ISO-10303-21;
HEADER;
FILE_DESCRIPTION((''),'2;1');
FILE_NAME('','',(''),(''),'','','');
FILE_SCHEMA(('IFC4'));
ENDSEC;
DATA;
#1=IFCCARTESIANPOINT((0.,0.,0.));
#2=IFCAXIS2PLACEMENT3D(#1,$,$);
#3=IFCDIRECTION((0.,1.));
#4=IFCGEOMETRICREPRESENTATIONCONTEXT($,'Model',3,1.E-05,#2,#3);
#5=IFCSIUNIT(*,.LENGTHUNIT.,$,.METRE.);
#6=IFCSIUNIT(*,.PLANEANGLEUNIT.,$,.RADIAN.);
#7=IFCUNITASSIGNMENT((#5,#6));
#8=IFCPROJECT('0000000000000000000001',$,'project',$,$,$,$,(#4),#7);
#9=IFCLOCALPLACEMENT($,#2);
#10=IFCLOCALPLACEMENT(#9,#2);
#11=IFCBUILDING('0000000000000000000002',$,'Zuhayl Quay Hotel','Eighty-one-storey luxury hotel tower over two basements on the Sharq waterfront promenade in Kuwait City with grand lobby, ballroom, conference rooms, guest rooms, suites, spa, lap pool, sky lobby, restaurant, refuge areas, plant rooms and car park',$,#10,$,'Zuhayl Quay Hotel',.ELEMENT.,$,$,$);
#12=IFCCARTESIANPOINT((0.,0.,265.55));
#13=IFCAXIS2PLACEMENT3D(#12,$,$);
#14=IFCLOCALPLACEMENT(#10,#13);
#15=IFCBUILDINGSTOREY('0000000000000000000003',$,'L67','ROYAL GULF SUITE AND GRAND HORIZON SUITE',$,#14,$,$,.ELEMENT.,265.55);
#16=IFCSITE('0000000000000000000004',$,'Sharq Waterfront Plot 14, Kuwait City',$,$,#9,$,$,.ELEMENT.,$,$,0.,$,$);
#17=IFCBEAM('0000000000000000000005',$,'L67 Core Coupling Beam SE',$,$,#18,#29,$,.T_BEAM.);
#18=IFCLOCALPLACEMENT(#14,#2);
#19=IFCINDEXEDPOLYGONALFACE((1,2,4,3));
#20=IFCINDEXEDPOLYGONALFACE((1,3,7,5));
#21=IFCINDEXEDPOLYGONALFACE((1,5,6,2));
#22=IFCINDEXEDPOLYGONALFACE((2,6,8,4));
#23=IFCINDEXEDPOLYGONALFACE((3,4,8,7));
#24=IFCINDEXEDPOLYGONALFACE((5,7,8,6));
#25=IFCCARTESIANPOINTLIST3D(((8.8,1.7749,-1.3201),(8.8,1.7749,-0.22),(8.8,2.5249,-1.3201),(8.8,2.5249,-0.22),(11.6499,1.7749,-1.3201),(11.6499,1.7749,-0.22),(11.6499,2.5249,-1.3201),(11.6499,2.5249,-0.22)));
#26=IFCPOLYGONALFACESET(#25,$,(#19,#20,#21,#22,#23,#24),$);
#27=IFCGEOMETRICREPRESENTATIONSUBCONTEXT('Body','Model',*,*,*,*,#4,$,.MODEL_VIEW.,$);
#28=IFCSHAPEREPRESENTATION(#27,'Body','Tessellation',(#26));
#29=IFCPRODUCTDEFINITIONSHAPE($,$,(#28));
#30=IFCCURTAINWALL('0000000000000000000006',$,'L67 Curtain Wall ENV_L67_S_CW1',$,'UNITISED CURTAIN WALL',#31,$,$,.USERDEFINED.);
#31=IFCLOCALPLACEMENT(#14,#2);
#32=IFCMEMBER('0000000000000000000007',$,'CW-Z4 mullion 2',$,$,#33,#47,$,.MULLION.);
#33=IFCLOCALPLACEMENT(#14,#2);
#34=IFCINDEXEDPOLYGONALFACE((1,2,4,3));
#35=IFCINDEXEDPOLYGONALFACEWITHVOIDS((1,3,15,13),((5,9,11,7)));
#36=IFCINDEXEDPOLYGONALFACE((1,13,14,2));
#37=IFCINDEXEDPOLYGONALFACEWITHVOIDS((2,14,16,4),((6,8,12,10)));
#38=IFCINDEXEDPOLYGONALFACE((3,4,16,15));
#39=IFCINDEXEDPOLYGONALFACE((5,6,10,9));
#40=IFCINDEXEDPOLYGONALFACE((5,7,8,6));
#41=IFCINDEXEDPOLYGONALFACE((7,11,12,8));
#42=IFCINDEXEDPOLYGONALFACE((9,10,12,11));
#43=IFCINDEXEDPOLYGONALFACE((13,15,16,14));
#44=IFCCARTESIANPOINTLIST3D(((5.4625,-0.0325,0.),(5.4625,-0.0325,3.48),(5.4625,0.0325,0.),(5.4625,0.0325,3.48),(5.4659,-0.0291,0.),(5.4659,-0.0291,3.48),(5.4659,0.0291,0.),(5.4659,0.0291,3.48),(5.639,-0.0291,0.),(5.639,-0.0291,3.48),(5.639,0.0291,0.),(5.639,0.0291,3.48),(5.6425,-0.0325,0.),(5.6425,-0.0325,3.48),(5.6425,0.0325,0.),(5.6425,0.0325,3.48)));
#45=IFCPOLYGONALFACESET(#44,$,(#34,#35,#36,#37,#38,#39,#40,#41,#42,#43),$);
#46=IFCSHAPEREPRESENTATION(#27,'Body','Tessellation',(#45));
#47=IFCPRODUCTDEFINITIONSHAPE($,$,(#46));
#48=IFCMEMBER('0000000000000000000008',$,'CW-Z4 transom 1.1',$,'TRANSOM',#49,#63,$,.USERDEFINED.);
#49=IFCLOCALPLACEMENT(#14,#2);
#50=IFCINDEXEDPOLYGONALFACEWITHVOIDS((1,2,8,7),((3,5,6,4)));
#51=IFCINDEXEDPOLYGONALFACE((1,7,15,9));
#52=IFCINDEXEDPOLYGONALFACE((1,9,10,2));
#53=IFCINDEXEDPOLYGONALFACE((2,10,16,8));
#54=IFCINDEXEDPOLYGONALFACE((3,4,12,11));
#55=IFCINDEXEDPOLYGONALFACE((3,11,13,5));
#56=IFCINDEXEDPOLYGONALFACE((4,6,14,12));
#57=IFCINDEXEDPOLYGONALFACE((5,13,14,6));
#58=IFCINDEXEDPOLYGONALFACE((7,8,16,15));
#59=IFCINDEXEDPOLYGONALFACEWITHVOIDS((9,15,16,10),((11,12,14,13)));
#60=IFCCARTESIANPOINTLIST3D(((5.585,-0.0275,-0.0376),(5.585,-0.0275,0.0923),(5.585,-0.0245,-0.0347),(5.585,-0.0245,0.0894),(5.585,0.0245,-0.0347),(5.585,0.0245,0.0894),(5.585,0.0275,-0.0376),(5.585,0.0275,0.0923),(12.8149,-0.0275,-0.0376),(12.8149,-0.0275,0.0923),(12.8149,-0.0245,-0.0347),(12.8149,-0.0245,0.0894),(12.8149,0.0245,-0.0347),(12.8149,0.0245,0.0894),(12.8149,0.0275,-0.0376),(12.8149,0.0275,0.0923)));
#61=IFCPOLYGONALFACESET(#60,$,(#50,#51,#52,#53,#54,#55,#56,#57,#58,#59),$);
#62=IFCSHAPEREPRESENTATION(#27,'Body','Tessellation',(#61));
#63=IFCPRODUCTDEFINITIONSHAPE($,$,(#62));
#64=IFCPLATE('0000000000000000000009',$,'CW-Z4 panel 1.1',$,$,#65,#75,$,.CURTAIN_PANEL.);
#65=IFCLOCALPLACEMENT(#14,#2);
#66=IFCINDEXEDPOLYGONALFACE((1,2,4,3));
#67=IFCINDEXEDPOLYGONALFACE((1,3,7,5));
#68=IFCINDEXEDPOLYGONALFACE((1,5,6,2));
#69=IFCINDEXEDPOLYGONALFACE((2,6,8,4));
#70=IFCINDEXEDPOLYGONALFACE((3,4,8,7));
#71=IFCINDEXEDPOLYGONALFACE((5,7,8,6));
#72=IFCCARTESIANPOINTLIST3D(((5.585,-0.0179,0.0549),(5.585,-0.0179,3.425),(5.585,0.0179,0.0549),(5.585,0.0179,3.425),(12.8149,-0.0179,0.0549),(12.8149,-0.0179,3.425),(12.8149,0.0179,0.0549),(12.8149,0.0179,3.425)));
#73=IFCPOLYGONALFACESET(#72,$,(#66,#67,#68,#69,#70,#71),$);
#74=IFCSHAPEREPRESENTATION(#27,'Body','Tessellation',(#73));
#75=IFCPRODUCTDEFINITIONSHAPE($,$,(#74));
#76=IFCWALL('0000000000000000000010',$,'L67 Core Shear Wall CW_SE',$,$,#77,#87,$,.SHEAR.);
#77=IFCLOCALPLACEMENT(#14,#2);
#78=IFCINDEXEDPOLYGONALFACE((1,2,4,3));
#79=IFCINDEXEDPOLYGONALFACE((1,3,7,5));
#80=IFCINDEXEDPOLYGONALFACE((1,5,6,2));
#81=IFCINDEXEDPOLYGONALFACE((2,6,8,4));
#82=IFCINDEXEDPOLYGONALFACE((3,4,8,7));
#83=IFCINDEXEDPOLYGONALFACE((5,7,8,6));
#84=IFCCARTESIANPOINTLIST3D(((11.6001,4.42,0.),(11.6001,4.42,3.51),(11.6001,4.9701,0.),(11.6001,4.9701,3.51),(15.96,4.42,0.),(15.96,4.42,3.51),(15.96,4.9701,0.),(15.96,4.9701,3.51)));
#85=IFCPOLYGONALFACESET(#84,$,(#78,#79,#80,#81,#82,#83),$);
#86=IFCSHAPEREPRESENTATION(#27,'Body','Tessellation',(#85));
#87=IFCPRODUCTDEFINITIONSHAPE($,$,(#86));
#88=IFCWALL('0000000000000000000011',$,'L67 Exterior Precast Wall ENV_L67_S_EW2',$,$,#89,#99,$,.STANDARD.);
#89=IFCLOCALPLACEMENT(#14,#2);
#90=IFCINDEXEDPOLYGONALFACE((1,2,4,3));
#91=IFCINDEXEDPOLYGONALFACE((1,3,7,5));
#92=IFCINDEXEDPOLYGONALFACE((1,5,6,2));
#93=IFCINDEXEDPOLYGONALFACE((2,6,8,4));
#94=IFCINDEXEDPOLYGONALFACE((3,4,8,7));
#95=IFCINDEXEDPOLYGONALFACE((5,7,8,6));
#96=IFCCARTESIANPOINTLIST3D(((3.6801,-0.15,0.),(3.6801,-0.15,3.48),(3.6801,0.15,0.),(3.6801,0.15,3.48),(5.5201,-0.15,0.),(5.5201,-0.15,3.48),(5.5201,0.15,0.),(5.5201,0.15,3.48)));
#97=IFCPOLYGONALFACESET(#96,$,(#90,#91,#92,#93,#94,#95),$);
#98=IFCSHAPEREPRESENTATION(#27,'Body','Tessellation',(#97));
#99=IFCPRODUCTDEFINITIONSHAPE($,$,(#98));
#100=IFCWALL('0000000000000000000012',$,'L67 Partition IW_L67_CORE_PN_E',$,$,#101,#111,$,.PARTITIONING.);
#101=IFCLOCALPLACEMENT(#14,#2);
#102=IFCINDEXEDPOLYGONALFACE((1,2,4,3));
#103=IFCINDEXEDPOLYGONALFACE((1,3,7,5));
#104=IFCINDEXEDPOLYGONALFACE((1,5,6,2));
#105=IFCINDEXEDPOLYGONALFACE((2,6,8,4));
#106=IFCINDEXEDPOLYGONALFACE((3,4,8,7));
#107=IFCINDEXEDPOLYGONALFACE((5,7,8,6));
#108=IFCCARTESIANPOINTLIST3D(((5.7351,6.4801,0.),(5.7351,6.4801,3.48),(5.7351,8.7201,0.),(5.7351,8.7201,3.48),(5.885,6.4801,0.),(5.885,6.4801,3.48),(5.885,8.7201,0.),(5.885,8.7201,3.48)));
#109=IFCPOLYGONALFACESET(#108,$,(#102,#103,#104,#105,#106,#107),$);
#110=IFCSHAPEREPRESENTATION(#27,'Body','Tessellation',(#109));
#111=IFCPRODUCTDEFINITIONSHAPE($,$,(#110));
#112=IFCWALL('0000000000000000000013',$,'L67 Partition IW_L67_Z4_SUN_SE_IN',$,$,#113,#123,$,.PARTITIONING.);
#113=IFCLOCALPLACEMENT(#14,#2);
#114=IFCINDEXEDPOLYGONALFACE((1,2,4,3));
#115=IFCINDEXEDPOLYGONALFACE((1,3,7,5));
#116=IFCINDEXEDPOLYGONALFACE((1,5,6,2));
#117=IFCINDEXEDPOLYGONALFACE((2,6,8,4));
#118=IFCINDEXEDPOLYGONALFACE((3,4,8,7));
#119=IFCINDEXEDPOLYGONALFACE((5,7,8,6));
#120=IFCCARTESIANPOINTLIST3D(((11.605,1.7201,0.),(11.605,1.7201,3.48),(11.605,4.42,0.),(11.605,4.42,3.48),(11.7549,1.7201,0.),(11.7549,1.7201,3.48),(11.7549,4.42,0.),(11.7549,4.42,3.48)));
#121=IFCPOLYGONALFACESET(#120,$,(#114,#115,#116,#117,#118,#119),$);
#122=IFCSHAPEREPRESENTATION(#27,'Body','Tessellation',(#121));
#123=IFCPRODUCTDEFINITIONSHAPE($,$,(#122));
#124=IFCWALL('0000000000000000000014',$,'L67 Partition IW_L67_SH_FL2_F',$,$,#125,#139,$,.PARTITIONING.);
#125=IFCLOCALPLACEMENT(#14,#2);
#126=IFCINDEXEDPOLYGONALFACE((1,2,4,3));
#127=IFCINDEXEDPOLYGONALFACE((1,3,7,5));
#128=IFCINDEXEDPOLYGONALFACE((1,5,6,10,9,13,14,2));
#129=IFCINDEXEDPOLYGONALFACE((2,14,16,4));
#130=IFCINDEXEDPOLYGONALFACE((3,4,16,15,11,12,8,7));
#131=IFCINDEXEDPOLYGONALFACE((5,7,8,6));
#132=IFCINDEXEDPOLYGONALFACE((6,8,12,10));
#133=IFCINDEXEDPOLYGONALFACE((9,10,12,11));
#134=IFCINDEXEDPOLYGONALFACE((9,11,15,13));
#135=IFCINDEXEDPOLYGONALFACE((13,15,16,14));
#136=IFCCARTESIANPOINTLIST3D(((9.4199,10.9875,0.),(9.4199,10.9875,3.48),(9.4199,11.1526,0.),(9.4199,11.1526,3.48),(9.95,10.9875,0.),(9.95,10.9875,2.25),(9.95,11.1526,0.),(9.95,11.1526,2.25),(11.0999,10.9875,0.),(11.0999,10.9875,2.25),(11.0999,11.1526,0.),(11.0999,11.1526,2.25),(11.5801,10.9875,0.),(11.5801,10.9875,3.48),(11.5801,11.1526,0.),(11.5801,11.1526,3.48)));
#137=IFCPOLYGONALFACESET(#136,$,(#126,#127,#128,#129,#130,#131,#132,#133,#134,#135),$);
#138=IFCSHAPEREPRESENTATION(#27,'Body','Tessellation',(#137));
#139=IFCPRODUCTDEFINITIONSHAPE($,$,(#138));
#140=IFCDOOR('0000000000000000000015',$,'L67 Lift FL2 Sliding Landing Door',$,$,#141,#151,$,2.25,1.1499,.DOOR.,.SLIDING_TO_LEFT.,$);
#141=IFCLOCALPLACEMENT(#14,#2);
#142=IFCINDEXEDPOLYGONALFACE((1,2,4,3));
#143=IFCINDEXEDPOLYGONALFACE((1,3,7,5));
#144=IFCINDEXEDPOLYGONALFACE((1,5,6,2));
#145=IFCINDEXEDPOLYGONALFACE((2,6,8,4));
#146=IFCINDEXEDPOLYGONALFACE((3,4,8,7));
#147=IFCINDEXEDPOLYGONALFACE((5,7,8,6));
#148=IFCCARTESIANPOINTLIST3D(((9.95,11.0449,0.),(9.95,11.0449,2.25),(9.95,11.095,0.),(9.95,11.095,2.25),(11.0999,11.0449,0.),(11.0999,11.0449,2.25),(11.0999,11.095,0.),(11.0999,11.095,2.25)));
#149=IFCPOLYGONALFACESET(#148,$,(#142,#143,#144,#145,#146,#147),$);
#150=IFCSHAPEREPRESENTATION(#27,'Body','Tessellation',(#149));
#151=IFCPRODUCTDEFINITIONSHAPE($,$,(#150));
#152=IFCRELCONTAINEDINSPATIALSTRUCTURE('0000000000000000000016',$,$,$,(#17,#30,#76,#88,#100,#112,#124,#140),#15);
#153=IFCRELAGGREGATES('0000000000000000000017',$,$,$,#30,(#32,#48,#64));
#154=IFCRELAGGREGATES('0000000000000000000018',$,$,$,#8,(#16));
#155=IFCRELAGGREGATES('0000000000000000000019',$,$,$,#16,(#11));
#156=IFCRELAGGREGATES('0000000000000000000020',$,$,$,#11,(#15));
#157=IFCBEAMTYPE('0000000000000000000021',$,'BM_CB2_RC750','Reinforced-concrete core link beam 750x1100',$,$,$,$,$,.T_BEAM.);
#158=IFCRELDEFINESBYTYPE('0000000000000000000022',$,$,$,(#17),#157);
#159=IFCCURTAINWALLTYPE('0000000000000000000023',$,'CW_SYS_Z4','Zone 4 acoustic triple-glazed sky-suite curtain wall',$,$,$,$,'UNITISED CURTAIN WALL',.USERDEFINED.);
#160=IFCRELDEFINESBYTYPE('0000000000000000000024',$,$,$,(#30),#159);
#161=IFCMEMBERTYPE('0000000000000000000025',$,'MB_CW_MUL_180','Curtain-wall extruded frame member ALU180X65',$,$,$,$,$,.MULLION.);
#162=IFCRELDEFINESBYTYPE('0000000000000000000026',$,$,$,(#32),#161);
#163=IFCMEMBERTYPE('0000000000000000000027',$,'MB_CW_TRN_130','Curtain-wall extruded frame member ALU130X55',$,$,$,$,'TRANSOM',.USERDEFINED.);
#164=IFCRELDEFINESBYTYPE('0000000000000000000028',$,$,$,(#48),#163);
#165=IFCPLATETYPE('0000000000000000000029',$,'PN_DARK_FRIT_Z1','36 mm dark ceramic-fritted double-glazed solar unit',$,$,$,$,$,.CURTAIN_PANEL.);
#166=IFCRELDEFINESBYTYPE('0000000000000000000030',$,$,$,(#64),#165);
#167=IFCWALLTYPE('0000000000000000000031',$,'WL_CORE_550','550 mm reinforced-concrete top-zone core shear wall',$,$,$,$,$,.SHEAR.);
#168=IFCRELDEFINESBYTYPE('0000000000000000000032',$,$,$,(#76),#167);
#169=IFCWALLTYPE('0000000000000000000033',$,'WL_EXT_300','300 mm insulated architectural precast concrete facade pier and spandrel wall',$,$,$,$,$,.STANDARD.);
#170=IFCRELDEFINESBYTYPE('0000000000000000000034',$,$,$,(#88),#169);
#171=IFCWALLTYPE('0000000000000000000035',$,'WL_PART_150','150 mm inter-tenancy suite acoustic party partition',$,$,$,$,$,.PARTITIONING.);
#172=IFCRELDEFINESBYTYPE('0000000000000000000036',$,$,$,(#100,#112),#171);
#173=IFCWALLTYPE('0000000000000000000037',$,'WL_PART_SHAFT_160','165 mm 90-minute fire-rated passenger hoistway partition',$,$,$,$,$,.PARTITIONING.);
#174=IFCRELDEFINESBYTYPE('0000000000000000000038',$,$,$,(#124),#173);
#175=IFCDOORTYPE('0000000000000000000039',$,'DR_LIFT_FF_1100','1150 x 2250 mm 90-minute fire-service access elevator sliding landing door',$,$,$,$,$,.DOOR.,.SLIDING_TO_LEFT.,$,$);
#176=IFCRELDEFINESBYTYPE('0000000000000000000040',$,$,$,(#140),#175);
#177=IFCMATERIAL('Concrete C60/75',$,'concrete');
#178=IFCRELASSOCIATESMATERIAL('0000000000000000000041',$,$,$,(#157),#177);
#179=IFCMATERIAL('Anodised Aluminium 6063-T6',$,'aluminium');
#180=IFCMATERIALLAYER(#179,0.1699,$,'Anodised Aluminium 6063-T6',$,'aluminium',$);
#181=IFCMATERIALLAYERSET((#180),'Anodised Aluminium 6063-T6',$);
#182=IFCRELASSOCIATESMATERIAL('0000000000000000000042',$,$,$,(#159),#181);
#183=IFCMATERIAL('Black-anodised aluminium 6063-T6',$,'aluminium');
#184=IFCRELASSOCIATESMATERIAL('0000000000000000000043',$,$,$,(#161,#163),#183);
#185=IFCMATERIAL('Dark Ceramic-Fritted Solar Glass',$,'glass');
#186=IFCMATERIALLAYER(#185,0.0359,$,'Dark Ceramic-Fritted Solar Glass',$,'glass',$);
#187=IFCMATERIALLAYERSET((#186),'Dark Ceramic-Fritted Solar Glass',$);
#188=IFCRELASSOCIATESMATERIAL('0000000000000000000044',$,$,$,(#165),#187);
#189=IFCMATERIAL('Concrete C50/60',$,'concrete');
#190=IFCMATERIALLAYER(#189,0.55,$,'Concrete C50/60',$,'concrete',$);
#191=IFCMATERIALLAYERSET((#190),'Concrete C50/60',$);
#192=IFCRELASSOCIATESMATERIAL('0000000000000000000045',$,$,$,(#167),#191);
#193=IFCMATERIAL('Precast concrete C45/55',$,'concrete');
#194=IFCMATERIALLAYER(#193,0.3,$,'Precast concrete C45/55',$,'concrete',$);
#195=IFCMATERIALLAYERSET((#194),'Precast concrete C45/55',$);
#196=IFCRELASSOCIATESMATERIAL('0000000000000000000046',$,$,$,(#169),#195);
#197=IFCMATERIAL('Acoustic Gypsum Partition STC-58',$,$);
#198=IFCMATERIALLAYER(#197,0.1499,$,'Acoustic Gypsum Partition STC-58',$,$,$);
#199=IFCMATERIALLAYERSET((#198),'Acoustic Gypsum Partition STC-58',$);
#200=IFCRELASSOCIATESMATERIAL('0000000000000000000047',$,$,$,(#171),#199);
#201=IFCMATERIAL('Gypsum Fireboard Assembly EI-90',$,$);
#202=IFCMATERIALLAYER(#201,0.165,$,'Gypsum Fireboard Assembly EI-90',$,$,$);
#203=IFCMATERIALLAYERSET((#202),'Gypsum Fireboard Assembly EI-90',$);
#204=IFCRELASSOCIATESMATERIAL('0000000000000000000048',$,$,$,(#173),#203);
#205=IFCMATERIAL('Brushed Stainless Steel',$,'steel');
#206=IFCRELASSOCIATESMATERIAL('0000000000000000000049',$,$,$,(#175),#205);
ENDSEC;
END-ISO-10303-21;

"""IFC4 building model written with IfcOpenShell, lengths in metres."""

from ifc_helpers import new_model, si_unit, direction, frame, frame_2d, origin, origin_2d, place, context, subcontext, project, spatial, rectangle, hollow_rectangle, extrude, material, layer, layer_set, material_profile, profile_set, type_object, element, fill, aggregate, save


model = new_model("IFC4")

# Units and contexts
model_context = context("Model", 3, precision=1e-05, world=origin(), true_north=direction((0.0, 1.0)))
body_context = subcontext(model_context, "Body", "Model", "MODEL_VIEW")
ifc_project = project(units=[si_unit("LENGTHUNIT", "METRE"), si_unit("PLANEANGLEUNIT", "RADIAN")], contexts=[model_context])

# Site, building, storey
site_placement = place(None, origin())
site = spatial("IfcSite", under=ifc_project, at=site_placement, Name="Sharq Waterfront Plot 14, Kuwait City", CompositionType="ELEMENT", RefElevation=0.0)
building_placement = place(site_placement, origin())
building = spatial("IfcBuilding", under=site, at=building_placement, Name="Zuhayl Quay Hotel", Description="Eighty-one-storey luxury hotel tower over two basements on the Sharq waterfront promenade in Kuwait City with grand lobby, ballroom, conference rooms, guest rooms, suites, spa, lap pool, sky lobby, restaurant, refuge areas, plant rooms and car park", LongName="Zuhayl Quay Hotel", CompositionType="ELEMENT")
storey_placement = place(building_placement, frame((0.0, 0.0, 265.55)))
storey = spatial("IfcBuildingStorey", under=building, at=storey_placement, Name="L67", Description="ROYAL GULF SUITE AND GRAND HORIZON SUITE", CompositionType="ELEMENT", Elevation=265.55)

# Beam
ifc_material_1 = material(Name="Concrete C60/75", Category="concrete")
ifc_material_profile_1 = material_profile(ifc_material_1, rectangle(XDim=0.75, YDim=1.1001, at=origin_2d()), Name="RC750X1100")
ifc_profile_set_1 = profile_set([ifc_material_profile_1], Name="Concrete C60/75")
beam_type = type_object("IfcBeamType", Name="BM_CB2_RC750", Description="Reinforced-concrete core link beam 750x1100", PredefinedType="T_BEAM", material=ifc_profile_set_1)
beam_placement = place(storey_placement, frame((8.8, 2.1499, -0.77), z_axis=(1.0, 0.0, 0.0), x_axis=(0.0, 1.0, 0.0)))
element("IfcBeam", 1, at=beam_placement, inside=storey, type_object=beam_type, Name="L67 Core Coupling Beam SE", PredefinedType="T_BEAM", context=body_context, shape_type="SweptSolid", body=[
    extrude(rectangle(XDim=0.75, YDim=1.1001, at=origin_2d()), origin(), (0.0, 0.0, 1.0), 2.8499),
])

# Curtain wall, members, plate
ifc_material_2 = material(Name="Anodised Aluminium 6063-T6", Category="aluminium")
ifc_layer_1 = layer(ifc_material_2, 0.1699, Name="Anodised Aluminium 6063-T6", Category="aluminium")
ifc_layer_set_1 = layer_set([ifc_layer_1], Name="Anodised Aluminium 6063-T6")
curtain_wall_type = type_object("IfcCurtainWallType", Name="CW_SYS_Z4", Description="Zone 4 acoustic triple-glazed sky-suite curtain wall", ElementType="UNITISED CURTAIN WALL", PredefinedType="USERDEFINED", material=ifc_layer_set_1)
curtain_wall_placement = place(storey_placement, origin())
curtain_wall = element("IfcCurtainWall", 2, at=curtain_wall_placement, inside=storey, type_object=curtain_wall_type, Name="L67 Curtain Wall ENV_L67_S_CW1", ObjectType="UNITISED CURTAIN WALL", PredefinedType="USERDEFINED")
ifc_material_3 = material(Name="Black-anodised aluminium 6063-T6", Category="aluminium")
ifc_material_profile_2 = material_profile(ifc_material_3, hollow_rectangle(XDim=0.0649, YDim=0.1799, WallThickness=0.0034, at=origin_2d()), Name="ALU180X65")
ifc_profile_set_2 = profile_set([ifc_material_profile_2], Name="Black-anodised aluminium 6063-T6")
member_type_1 = type_object("IfcMemberType", Name="MB_CW_MUL_180", Description="Curtain-wall extruded frame member ALU180X65", PredefinedType="MULLION", material=ifc_profile_set_2)
member_1_placement = place(storey_placement, frame((5.5525, 0.0, 0.0), z_axis=(0.0, 0.0, 1.0), x_axis=(0.0, -1.0, 0.0)))
member_1 = element("IfcMember", 3, at=member_1_placement, type_object=member_type_1, Name="CW-Z4 mullion 2", PredefinedType="MULLION", context=body_context, shape_type="SweptSolid", body=[
    extrude(hollow_rectangle(XDim=0.0649, YDim=0.1799, WallThickness=0.0034, at=origin_2d()), origin(), (0.0, 0.0, 1.0), 3.48),
])
ifc_material_profile_3 = material_profile(ifc_material_3, hollow_rectangle(XDim=0.0549, YDim=0.1299, WallThickness=0.0029, at=origin_2d()), Name="ALU130X55")
ifc_profile_set_3 = profile_set([ifc_material_profile_3], Name="Black-anodised aluminium 6063-T6")
member_type_2 = type_object("IfcMemberType", Name="MB_CW_TRN_130", Description="Curtain-wall extruded frame member ALU130X55", ElementType="TRANSOM", PredefinedType="USERDEFINED", material=ifc_profile_set_3)
member_2_placement = place(storey_placement, frame((12.8149, 0.0, 0.0273), z_axis=(-1.0, 0.0, 0.0), x_axis=(0.0, -1.0, 0.0)))
member_2 = element("IfcMember", 4, at=member_2_placement, type_object=member_type_2, Name="CW-Z4 transom 1.1", ObjectType="TRANSOM", PredefinedType="USERDEFINED", context=body_context, shape_type="SweptSolid", body=[
    extrude(hollow_rectangle(XDim=0.0549, YDim=0.1299, WallThickness=0.0029, at=origin_2d()), origin(), (0.0, 0.0, 1.0), 7.23),
])
ifc_material_4 = material(Name="Dark Ceramic-Fritted Solar Glass", Category="glass")
ifc_layer_2 = layer(ifc_material_4, 0.0359, Name="Dark Ceramic-Fritted Solar Glass", Category="glass")
ifc_layer_set_2 = layer_set([ifc_layer_2], Name="Dark Ceramic-Fritted Solar Glass")
plate_type = type_object("IfcPlateType", Name="PN_DARK_FRIT_Z1", Description="36 mm dark ceramic-fritted double-glazed solar unit", PredefinedType="CURTAIN_PANEL", material=ifc_layer_set_2)
plate_placement = place(storey_placement, frame((9.2, 0.0, 0.0549), z_axis=(0.0, 0.0, 1.0), x_axis=(-1.0, 0.0, 0.0)))
plate = element("IfcPlate", 5, at=plate_placement, type_object=plate_type, Name="CW-Z4 panel 1.1", PredefinedType="CURTAIN_PANEL", context=body_context, shape_type="SweptSolid", body=[
    extrude(rectangle(XDim=7.23, YDim=0.0359, at=origin_2d()), origin(), (0.0, 0.0, 1.0), 3.3701),
])
aggregate(curtain_wall, [member_1, member_2, plate])

# Walls
ifc_material_5 = material(Name="Concrete C50/60", Category="concrete")
ifc_layer_3 = layer(ifc_material_5, 0.55, Name="Concrete C50/60", Category="concrete")
ifc_layer_set_3 = layer_set([ifc_layer_3], Name="Concrete C50/60")
wall_type_1 = type_object("IfcWallType", Name="WL_CORE_550", Description="550 mm reinforced-concrete top-zone core shear wall", PredefinedType="SHEAR", material=ifc_layer_set_3)
wall_1_placement = place(storey_placement, frame((11.6001, 4.6951, 0.0), z_axis=(0.0, 0.0, 1.0), x_axis=(1.0, 0.0, 0.0)))
element("IfcWall", 6, at=wall_1_placement, inside=storey, type_object=wall_type_1, Name="L67 Core Shear Wall CW_SE", PredefinedType="SHEAR", context=body_context, shape_type="SweptSolid", body=[
    extrude(rectangle(XDim=4.3599, YDim=0.55, at=frame_2d((2.1799, 0.0))), origin(), (0.0, 0.0, 1.0), 3.51),
])
ifc_material_6 = material(Name="Precast concrete C45/55", Category="concrete")
ifc_layer_4 = layer(ifc_material_6, 0.3, Name="Precast concrete C45/55", Category="concrete")
ifc_layer_set_4 = layer_set([ifc_layer_4], Name="Precast concrete C45/55")
wall_type_2 = type_object("IfcWallType", Name="WL_EXT_300", Description="300 mm insulated architectural precast concrete facade pier and spandrel wall", PredefinedType="STANDARD", material=ifc_layer_set_4)
wall_2_placement = place(storey_placement, frame((5.52, 0.0, 0.0), z_axis=(0.0, 0.0, 1.0), x_axis=(-1.0, 0.0, 0.0)))
element("IfcWall", 7, at=wall_2_placement, inside=storey, type_object=wall_type_2, Name="L67 Exterior Precast Wall ENV_L67_S_EW2", PredefinedType="STANDARD", context=body_context, shape_type="SweptSolid", body=[
    extrude(rectangle(XDim=1.8401, YDim=0.3, at=frame_2d((0.9199, 0.0))), origin(), (0.0, 0.0, 1.0), 3.48),
])
ifc_material_7 = material(Name="Acoustic Gypsum Partition STC-58")
ifc_layer_5 = layer(ifc_material_7, 0.1499, Name="Acoustic Gypsum Partition STC-58")
ifc_layer_set_5 = layer_set([ifc_layer_5], Name="Acoustic Gypsum Partition STC-58")
wall_type_3 = type_object("IfcWallType", Name="WL_PART_150", Description="150 mm inter-tenancy suite acoustic party partition", PredefinedType="PARTITIONING", material=ifc_layer_set_5)
wall_3_placement = place(storey_placement, frame((5.8101, 6.48, 0.0), z_axis=(0.0, 0.0, 1.0), x_axis=(0.0, 1.0, 0.0)))
element("IfcWall", 8, at=wall_3_placement, inside=storey, type_object=wall_type_3, Name="L67 Partition IW_L67_CORE_PN_E", PredefinedType="PARTITIONING", context=body_context, shape_type="SweptSolid", body=[
    extrude(rectangle(XDim=2.24, YDim=0.1499, at=frame_2d((1.1201, 0.0))), origin(), (0.0, 0.0, 1.0), 3.48),
])
wall_4_placement = place(storey_placement, frame((11.6799, 1.72, 0.0), z_axis=(0.0, 0.0, 1.0), x_axis=(0.0, 1.0, 0.0)))
element("IfcWall", 9, at=wall_4_placement, inside=storey, type_object=wall_type_3, Name="L67 Partition IW_L67_Z4_SUN_SE_IN", PredefinedType="PARTITIONING", context=body_context, shape_type="SweptSolid", body=[
    extrude(rectangle(XDim=2.7, YDim=0.1499, at=frame_2d((1.3501, 0.0))), origin(), (0.0, 0.0, 1.0), 3.48),
])

# Wall, opening, door
ifc_material_8 = material(Name="Gypsum Fireboard Assembly EI-90")
ifc_layer_6 = layer(ifc_material_8, 0.165, Name="Gypsum Fireboard Assembly EI-90")
ifc_layer_set_6 = layer_set([ifc_layer_6], Name="Gypsum Fireboard Assembly EI-90")
wall_type_4 = type_object("IfcWallType", Name="WL_PART_SHAFT_160", Description="165 mm 90-minute fire-rated passenger hoistway partition", PredefinedType="PARTITIONING", material=ifc_layer_set_6)
wall_5_placement = place(storey_placement, frame((9.4199, 11.0701, 0.0), z_axis=(0.0, 0.0, 1.0), x_axis=(1.0, 0.0, 0.0)))
wall_5 = element("IfcWall", 10, at=wall_5_placement, inside=storey, type_object=wall_type_4, Name="L67 Partition IW_L67_SH_FL2_F", PredefinedType="PARTITIONING", context=body_context, shape_type="SweptSolid", body=[
    extrude(rectangle(XDim=2.1602, YDim=0.165, at=frame_2d((1.0801, 0.0))), origin(), (0.0, 0.0, 1.0), 3.48),
])
opening_1_placement = place(wall_5_placement, frame((0.53, 0.0, 0.0)))
opening_1 = element("IfcOpeningElement", 11, at=opening_1_placement, cuts=wall_5, PredefinedType="OPENING", context=body_context, shape_type="SweptSolid", body=[
    extrude(rectangle(XDim=1.1499, YDim=2.25, at=frame_2d((0.575, 1.125))), frame((0.0, 0.0925, 0.0), z_axis=(0.0, -1.0, 0.0), x_axis=(1.0, 0.0, 0.0)), (0.0, 0.0, 1.0), 0.1851),
])
ifc_material_9 = material(Name="Brushed Stainless Steel", Category="steel")
door_type_1 = type_object("IfcDoorType", Name="DR_LIFT_FF_1100", Description="1150 x 2250 mm 90-minute fire-service access elevator sliding landing door", OperationType="SLIDING_TO_LEFT", PredefinedType="DOOR", material=ifc_material_9)
door_1_placement = place(opening_1_placement, origin())
door_1 = element("IfcDoor", 12, at=door_1_placement, inside=storey, type_object=door_type_1, Name="L67 Lift FL2 Sliding Landing Door", OperationType="SLIDING_TO_LEFT", OverallHeight=2.25, OverallWidth=1.1499, PredefinedType="DOOR", context=body_context, shape_type="SweptSolid", body=[
    extrude(rectangle(XDim=1.1499, YDim=2.25, at=frame_2d((0.575, 1.125))), frame((0.0, 0.0249, 0.0), z_axis=(0.0, -1.0, 0.0), x_axis=(1.0, 0.0, 0.0)), (0.0, 0.0, 1.0), 0.05),
])
fill(opening_1, door_1)

save(model, "model.ifc")
